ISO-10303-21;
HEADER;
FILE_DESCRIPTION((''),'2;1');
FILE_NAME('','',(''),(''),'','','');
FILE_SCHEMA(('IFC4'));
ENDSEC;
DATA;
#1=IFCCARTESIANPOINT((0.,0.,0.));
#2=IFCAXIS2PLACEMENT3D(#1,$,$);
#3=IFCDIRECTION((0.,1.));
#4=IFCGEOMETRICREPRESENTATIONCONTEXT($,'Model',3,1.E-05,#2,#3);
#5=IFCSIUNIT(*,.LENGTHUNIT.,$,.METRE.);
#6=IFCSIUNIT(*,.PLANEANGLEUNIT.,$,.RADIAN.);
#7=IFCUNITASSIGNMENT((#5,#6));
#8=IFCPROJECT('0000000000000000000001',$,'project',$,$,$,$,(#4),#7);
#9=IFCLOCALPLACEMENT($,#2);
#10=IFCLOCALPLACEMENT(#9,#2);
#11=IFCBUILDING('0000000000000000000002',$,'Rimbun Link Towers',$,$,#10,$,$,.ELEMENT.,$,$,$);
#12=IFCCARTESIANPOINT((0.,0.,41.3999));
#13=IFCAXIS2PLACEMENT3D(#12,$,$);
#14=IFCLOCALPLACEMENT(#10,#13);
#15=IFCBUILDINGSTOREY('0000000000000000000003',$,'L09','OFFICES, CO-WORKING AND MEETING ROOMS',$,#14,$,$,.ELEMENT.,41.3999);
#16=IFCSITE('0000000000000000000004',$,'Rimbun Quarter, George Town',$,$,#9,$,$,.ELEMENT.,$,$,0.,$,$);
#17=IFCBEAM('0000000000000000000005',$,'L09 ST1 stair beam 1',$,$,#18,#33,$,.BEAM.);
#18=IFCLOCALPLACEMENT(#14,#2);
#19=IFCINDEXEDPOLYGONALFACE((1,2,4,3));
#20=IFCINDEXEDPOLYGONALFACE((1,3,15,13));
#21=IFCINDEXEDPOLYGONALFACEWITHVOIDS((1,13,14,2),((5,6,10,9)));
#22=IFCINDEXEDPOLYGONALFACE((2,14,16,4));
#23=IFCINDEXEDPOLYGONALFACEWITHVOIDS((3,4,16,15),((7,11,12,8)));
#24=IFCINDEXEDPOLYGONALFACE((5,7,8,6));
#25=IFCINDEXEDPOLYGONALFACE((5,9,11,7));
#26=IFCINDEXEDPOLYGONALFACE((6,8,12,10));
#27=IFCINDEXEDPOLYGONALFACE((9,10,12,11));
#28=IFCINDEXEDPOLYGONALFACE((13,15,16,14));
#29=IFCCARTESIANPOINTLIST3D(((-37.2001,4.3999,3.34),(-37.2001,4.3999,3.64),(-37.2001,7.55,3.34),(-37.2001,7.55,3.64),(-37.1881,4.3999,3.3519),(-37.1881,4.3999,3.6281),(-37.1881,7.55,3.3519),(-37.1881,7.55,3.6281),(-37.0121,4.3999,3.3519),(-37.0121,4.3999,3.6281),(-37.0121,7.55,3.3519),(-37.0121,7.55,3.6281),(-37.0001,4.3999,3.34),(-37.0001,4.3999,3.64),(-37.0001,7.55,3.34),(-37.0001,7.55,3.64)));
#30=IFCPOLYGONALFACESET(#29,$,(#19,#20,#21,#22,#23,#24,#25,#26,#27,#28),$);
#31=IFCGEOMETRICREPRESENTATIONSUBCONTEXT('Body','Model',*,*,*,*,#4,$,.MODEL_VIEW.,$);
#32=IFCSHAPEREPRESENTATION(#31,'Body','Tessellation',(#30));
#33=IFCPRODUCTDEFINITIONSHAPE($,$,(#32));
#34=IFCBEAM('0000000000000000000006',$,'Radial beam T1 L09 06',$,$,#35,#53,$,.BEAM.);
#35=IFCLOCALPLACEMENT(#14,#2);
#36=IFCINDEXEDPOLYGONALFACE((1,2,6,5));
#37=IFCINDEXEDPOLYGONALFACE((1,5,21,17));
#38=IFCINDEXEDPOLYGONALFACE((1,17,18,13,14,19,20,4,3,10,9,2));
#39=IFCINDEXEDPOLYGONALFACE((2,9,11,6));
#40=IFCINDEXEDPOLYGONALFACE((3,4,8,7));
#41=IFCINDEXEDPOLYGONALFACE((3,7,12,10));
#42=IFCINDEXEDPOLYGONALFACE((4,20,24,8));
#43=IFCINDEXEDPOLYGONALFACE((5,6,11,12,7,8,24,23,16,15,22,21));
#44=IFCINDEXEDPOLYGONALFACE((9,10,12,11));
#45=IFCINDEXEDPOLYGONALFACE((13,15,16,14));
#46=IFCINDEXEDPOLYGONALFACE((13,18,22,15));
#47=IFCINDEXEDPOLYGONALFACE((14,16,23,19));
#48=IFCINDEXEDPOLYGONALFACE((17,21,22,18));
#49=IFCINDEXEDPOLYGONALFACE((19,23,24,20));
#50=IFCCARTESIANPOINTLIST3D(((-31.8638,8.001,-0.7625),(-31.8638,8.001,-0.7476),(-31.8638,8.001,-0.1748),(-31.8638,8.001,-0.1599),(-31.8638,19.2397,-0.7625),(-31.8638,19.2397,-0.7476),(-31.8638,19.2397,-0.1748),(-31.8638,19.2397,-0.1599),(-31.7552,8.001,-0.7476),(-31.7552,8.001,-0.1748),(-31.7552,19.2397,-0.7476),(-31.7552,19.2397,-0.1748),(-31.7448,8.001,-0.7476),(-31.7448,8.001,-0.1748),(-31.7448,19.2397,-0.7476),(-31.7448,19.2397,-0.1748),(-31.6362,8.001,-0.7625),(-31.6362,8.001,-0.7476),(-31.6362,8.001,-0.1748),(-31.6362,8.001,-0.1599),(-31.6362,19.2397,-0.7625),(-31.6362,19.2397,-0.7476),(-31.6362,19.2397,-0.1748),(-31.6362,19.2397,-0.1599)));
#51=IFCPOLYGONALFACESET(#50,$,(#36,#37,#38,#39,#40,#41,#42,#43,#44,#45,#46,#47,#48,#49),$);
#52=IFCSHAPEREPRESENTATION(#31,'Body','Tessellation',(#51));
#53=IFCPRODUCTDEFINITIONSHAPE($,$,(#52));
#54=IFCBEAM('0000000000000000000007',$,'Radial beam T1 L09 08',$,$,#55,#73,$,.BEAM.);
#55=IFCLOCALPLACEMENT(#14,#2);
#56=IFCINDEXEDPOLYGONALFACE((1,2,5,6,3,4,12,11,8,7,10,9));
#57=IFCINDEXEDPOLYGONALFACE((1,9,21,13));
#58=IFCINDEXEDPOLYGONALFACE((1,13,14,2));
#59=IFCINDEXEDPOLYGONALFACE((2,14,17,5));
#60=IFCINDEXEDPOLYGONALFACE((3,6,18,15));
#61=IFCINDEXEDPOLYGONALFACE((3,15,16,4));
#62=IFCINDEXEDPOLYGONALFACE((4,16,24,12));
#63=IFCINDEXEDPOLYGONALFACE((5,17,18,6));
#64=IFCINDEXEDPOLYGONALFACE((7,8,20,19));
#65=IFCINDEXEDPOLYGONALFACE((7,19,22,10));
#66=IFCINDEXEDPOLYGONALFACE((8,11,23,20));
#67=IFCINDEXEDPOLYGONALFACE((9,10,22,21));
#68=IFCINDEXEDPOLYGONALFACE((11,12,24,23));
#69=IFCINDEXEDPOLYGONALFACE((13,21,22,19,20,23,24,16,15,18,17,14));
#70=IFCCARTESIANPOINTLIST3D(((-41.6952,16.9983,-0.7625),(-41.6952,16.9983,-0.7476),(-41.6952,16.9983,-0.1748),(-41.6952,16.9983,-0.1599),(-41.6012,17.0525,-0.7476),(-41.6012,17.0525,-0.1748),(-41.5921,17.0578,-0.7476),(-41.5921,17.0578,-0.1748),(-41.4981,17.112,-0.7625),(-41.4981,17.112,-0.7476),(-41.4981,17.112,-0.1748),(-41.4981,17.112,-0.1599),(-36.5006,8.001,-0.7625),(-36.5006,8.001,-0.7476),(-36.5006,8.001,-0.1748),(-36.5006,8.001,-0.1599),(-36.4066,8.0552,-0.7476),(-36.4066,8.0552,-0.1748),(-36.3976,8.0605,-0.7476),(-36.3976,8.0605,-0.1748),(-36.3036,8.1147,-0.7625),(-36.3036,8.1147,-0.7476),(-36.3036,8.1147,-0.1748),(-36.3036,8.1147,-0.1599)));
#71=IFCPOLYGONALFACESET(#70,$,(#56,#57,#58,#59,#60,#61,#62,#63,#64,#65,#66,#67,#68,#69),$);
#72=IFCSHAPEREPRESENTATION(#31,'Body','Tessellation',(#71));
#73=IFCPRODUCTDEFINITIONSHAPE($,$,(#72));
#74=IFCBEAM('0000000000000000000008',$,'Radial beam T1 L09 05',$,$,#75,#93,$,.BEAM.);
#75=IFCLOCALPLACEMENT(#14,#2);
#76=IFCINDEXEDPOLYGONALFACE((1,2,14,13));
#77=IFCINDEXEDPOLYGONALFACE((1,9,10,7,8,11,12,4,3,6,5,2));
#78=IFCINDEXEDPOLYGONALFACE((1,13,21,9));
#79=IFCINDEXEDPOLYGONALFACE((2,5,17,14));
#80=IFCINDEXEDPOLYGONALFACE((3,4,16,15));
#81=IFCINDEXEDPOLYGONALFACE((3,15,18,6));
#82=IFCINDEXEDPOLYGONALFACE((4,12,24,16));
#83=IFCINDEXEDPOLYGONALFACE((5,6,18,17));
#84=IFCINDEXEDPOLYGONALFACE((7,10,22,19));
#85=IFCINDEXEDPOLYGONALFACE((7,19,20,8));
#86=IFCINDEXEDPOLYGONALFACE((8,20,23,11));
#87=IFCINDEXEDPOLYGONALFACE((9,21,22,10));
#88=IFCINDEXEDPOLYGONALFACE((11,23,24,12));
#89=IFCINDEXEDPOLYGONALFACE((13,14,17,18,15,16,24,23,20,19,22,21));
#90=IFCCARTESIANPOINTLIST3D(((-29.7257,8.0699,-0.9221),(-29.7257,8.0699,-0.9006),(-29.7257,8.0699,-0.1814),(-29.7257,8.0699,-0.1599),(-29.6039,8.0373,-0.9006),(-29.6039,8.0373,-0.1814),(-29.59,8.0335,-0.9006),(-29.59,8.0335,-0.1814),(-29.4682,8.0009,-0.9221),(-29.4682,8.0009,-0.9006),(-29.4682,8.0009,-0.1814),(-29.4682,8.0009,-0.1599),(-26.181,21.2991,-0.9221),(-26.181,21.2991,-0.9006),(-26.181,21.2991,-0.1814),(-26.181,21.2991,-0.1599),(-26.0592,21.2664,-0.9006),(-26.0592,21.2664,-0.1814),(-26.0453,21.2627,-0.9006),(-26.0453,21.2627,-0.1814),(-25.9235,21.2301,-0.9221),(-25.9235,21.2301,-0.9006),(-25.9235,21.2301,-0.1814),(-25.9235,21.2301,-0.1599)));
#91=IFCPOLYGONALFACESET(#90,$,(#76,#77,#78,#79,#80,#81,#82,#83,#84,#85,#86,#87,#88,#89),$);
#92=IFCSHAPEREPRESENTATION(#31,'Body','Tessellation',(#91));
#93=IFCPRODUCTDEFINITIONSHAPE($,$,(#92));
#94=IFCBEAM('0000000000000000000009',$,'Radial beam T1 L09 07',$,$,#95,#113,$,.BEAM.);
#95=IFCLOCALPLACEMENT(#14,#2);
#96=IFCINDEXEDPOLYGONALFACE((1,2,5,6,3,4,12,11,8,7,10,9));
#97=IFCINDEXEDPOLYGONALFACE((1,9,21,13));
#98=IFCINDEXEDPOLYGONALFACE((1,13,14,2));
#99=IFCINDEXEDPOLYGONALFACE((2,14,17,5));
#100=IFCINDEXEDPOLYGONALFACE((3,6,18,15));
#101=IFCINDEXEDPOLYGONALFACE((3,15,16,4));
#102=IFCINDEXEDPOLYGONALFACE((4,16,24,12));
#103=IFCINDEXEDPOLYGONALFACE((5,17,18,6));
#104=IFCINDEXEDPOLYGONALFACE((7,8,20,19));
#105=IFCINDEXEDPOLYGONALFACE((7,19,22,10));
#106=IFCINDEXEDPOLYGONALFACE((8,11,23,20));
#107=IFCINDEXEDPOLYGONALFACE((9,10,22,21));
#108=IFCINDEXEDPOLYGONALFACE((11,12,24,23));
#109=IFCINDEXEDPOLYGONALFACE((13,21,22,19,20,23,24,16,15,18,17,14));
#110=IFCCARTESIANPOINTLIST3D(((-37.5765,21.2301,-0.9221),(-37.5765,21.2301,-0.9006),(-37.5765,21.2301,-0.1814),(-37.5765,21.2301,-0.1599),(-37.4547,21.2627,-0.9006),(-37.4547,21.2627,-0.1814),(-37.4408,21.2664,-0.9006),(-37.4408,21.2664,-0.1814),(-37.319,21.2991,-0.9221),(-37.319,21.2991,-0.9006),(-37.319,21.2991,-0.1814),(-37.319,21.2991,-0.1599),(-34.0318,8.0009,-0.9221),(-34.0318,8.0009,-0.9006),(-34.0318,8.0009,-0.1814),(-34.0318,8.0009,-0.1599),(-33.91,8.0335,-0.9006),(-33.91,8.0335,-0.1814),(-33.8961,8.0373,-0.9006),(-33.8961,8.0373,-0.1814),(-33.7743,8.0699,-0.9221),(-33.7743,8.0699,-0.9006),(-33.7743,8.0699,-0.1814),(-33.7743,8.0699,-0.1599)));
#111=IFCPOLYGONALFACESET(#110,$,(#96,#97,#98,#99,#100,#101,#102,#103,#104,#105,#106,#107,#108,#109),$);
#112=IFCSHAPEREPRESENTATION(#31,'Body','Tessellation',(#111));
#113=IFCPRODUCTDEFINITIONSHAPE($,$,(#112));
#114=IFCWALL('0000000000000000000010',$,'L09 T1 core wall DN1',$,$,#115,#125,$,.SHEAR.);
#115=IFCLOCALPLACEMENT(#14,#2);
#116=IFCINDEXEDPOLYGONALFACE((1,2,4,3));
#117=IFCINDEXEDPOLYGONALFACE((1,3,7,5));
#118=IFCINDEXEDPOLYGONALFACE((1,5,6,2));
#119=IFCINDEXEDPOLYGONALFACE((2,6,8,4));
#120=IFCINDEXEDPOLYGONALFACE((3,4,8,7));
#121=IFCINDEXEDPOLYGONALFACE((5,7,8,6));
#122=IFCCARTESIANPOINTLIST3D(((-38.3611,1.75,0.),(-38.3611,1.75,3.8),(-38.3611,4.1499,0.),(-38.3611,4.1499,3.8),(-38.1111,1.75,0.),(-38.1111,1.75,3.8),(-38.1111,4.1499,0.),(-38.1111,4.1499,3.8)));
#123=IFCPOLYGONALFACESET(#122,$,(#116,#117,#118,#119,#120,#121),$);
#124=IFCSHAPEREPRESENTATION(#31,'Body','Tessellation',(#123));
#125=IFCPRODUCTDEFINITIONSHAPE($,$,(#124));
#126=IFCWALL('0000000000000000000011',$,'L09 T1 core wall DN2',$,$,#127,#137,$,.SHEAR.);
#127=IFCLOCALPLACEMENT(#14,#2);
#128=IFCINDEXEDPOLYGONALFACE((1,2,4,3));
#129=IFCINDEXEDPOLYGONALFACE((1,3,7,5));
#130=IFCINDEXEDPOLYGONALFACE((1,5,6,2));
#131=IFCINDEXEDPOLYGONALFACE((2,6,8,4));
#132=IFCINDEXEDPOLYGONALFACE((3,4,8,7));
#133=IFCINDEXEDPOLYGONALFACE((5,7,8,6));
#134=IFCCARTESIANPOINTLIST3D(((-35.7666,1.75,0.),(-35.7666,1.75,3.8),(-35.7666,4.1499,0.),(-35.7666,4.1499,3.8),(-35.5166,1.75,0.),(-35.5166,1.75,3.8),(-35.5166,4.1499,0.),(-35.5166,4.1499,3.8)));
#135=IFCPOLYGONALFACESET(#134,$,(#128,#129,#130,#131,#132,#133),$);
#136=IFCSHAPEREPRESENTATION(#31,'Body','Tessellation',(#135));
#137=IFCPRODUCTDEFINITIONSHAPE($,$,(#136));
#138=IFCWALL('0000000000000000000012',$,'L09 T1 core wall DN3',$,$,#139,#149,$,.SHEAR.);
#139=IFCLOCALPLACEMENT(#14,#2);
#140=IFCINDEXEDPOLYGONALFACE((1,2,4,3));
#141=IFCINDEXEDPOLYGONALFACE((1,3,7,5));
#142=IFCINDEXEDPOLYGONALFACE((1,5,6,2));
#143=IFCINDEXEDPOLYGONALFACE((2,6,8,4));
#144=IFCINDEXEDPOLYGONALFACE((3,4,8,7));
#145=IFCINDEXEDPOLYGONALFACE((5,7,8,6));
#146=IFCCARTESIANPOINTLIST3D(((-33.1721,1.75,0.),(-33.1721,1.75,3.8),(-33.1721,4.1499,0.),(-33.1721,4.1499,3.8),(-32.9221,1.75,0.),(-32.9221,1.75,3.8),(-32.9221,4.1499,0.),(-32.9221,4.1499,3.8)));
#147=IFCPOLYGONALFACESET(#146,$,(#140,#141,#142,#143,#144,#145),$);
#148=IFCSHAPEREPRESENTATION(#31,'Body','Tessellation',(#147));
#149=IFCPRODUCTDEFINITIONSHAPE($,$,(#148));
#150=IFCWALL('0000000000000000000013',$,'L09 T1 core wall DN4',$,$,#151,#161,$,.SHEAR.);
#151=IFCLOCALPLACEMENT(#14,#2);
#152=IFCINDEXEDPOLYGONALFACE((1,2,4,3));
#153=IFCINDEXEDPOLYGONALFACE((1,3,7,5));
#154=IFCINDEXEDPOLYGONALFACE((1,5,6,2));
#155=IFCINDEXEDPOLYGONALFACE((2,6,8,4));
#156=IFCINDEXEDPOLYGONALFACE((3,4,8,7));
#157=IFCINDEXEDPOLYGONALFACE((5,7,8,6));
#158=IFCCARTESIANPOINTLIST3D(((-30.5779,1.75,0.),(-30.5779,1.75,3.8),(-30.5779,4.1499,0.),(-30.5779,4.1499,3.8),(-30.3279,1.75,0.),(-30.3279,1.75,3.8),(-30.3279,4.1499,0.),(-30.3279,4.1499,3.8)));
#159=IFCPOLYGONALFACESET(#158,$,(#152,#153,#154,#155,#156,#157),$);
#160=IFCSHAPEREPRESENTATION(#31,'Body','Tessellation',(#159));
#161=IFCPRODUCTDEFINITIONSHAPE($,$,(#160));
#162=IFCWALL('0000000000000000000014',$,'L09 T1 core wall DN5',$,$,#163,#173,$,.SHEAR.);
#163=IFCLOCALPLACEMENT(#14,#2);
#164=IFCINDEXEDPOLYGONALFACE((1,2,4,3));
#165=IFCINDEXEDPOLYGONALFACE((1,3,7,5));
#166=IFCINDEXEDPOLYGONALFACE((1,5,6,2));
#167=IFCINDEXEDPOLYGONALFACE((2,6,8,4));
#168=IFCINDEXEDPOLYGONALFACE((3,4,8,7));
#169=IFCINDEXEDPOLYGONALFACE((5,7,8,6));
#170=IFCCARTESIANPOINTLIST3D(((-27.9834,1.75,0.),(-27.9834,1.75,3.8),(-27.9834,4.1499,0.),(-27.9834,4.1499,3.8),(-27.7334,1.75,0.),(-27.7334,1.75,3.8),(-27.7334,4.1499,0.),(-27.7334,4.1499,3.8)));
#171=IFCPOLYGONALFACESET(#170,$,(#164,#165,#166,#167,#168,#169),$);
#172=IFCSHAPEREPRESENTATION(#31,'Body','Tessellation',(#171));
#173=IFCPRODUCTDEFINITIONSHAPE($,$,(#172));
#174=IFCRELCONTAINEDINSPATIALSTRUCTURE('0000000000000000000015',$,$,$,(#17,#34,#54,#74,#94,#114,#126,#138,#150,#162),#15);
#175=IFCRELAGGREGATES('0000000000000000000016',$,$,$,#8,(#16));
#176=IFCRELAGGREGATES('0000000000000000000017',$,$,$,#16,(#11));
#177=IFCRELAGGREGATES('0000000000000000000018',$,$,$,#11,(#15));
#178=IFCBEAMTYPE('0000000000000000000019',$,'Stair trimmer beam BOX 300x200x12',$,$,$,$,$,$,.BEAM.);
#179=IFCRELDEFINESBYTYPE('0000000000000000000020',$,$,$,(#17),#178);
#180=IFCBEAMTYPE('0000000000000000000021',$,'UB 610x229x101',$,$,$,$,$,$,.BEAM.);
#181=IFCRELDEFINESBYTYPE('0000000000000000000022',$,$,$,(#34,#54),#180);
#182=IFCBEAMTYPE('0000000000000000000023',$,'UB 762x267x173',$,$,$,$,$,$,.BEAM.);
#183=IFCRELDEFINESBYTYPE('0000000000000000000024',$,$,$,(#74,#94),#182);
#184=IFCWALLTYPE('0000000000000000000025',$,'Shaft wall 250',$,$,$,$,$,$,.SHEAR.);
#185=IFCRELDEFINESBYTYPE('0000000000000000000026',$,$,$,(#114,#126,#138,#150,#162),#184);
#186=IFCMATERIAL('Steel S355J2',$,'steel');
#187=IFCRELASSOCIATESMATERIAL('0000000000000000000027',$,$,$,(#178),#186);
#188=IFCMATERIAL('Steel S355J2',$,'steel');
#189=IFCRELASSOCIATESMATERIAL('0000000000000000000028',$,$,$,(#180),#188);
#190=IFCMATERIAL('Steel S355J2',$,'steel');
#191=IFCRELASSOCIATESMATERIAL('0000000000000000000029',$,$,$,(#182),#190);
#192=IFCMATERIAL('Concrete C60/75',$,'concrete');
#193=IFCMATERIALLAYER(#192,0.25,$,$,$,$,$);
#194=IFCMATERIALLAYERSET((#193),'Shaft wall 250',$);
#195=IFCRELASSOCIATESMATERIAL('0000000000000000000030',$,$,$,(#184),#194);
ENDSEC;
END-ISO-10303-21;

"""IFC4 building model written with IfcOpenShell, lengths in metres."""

from ifc_helpers import new_model, si_unit, direction, frame, frame_2d, origin, origin_2d, place, context, subcontext, project, spatial, rectangle, hollow_rectangle, i_section, extrude, material, layer, layer_set, material_profile, profile_set, type_object, element, save


model = new_model("IFC4")

# Units and contexts
model_context = context("Model", 3, precision=1e-05, world=origin(), true_north=direction((0.0, 1.0)))
body_context = subcontext(model_context, "Body", "Model", "MODEL_VIEW")
ifc_project = project(units=[si_unit("LENGTHUNIT", "METRE"), si_unit("PLANEANGLEUNIT", "RADIAN")], contexts=[model_context])

# Site, building, storey
site_placement = place(None, origin())
site = spatial("IfcSite", under=ifc_project, at=site_placement, Name="Rimbun Quarter, George Town", CompositionType="ELEMENT", RefElevation=0.0)
building_placement = place(site_placement, origin())
building = spatial("IfcBuilding", under=site, at=building_placement, Name="Rimbun Link Towers", CompositionType="ELEMENT")
storey_placement = place(building_placement, frame((0.0, 0.0, 41.3999)))
storey = spatial("IfcBuildingStorey", under=building, at=storey_placement, Name="L09", Description="OFFICES, CO-WORKING AND MEETING ROOMS", CompositionType="ELEMENT", Elevation=41.3999)

# Beams
ifc_material_1 = material(Name="Steel S355J2", Category="steel")
ifc_material_profile_1 = material_profile(ifc_material_1, hollow_rectangle(XDim=0.2, YDim=0.3, WallThickness=0.012, at=origin_2d()), Name="BOX 300x200x12")
ifc_profile_set_1 = profile_set([ifc_material_profile_1], Name="Steel S355J2")
beam_type_1 = type_object("IfcBeamType", Name="Stair trimmer beam BOX 300x200x12", PredefinedType="BEAM", material=ifc_profile_set_1)
beam_1_placement = place(storey_placement, frame((-37.1001, 7.55, 3.49), z_axis=(0.0, -1.0, 0.0), x_axis=(1.0, 0.0, 0.0)))
element("IfcBeam", 1, at=beam_1_placement, inside=storey, type_object=beam_type_1, Name="L09 ST1 stair beam 1", PredefinedType="BEAM", context=body_context, shape_type="SweptSolid", body=[
    extrude(hollow_rectangle(XDim=0.2, YDim=0.3, WallThickness=0.012, at=origin_2d()), origin(), (0.0, 0.0, 1.0), 3.1501),
])
ifc_material_2 = material(Name="Steel S355J2", Category="steel")
ifc_material_profile_2 = material_profile(ifc_material_2, i_section(OverallWidth=0.2275, OverallDepth=0.6025, WebThickness=0.0105, FlangeThickness=0.0149, at=origin_2d()), Name="UB 610x229x101")
ifc_profile_set_2 = profile_set([ifc_material_profile_2], Name="Steel S355J2")
beam_type_2 = type_object("IfcBeamType", Name="UB 610x229x101", PredefinedType="BEAM", material=ifc_profile_set_2)
beam_2_placement = place(storey_placement, frame((-31.75, 8.001, -0.4612), z_axis=(0.0, 1.0, 0.0), x_axis=(-1.0, 0.0, 0.0)))
element("IfcBeam", 2, at=beam_2_placement, inside=storey, type_object=beam_type_2, Name="Radial beam T1 L09 06", PredefinedType="BEAM", context=body_context, shape_type="SweptSolid", body=[
    extrude(i_section(OverallWidth=0.2275, OverallDepth=0.6025, WebThickness=0.0105, FlangeThickness=0.0149, at=origin_2d()), origin(), (0.0, 0.0, 1.0), 11.2388),
])
beam_3_placement = place(storey_placement, frame((-36.4021, 8.0579, -0.4612), z_axis=(-0.499998, 0.866026, 0.0), x_axis=(-0.866026, -0.499998, 0.0)))
element("IfcBeam", 3, at=beam_3_placement, inside=storey, type_object=beam_type_2, Name="Radial beam T1 L09 08", PredefinedType="BEAM", context=body_context, shape_type="SweptSolid", body=[
    extrude(i_section(OverallWidth=0.2275, OverallDepth=0.6025, WebThickness=0.0105, FlangeThickness=0.0149, at=origin_2d()), origin(), (0.0, 0.0, 1.0), 10.3892),
])
ifc_material_3 = material(Name="Steel S355J2", Category="steel")
ifc_material_profile_3 = material_profile(ifc_material_3, i_section(OverallWidth=0.2666, OverallDepth=0.7622, WebThickness=0.0144, FlangeThickness=0.0215, at=origin_2d()), Name="UB 762x267x173")
ifc_profile_set_3 = profile_set([ifc_material_profile_3], Name="Steel S355J2")
beam_type_3 = type_object("IfcBeamType", Name="UB 762x267x173", PredefinedType="BEAM", material=ifc_profile_set_3)
for number, where, z_axis, x_axis, name in (
    (4, (-29.5969, 8.0354, -0.541), (0.258813, 0.965927, 0.0), (-0.965927, 0.258813, 0.0), "Radial beam T1 L09 05"),
    (5, (-33.9031, 8.0354, -0.541), (-0.258813, 0.965927, 0.0), (-0.965927, -0.258813, 0.0), "Radial beam T1 L09 07"),
):
    element("IfcBeam", number, at=place(storey_placement, frame(where, z_axis=z_axis, x_axis=x_axis)), inside=storey, type_object=beam_type_3, Name=name, PredefinedType="BEAM", context=body_context, shape_type="SweptSolid", body=[
        extrude(i_section(OverallWidth=0.2666, OverallDepth=0.7622, WebThickness=0.0144, FlangeThickness=0.0215, at=origin_2d()), origin(), (0.0, 0.0, 1.0), 13.6958),
    ])

# Walls
ifc_material_4 = material(Name="Concrete C60/75", Category="concrete")
ifc_layer_1 = layer(ifc_material_4, 0.25)
ifc_layer_set_1 = layer_set([ifc_layer_1], Name="Shaft wall 250")
wall_type_1 = type_object("IfcWallType", Name="Shaft wall 250", PredefinedType="SHEAR", material=ifc_layer_set_1)
for number, where, z_axis, x_axis, name in (
    (6, (-38.2361, 1.75, 0.0), (0.0, 0.0, 1.0), (0.0, 1.0, 0.0), "L09 T1 core wall DN1"),
    (7, (-35.6416, 1.75, 0.0), (0.0, 0.0, 1.0), (0.0, 1.0, 0.0), "L09 T1 core wall DN2"),
    (8, (-33.0471, 1.75, 0.0), (0.0, 0.0, 1.0), (0.0, 1.0, 0.0), "L09 T1 core wall DN3"),
    (9, (-30.4529, 1.75, 0.0), (0.0, 0.0, 1.0), (0.0, 1.0, 0.0), "L09 T1 core wall DN4"),
    (10, (-27.8584, 1.75, 0.0), (0.0, 0.0, 1.0), (0.0, 1.0, 0.0), "L09 T1 core wall DN5"),
):
    element("IfcWall", number, at=place(storey_placement, frame(where, z_axis=z_axis, x_axis=x_axis)), inside=storey, type_object=wall_type_1, Name=name, PredefinedType="SHEAR", context=body_context, shape_type="SweptSolid", body=[
        extrude(rectangle(XDim=2.3999, YDim=0.25, at=frame_2d((1.2, 0.0))), origin(), (0.0, 0.0, 1.0), 3.8),
    ])

save(model, "model.ifc")
